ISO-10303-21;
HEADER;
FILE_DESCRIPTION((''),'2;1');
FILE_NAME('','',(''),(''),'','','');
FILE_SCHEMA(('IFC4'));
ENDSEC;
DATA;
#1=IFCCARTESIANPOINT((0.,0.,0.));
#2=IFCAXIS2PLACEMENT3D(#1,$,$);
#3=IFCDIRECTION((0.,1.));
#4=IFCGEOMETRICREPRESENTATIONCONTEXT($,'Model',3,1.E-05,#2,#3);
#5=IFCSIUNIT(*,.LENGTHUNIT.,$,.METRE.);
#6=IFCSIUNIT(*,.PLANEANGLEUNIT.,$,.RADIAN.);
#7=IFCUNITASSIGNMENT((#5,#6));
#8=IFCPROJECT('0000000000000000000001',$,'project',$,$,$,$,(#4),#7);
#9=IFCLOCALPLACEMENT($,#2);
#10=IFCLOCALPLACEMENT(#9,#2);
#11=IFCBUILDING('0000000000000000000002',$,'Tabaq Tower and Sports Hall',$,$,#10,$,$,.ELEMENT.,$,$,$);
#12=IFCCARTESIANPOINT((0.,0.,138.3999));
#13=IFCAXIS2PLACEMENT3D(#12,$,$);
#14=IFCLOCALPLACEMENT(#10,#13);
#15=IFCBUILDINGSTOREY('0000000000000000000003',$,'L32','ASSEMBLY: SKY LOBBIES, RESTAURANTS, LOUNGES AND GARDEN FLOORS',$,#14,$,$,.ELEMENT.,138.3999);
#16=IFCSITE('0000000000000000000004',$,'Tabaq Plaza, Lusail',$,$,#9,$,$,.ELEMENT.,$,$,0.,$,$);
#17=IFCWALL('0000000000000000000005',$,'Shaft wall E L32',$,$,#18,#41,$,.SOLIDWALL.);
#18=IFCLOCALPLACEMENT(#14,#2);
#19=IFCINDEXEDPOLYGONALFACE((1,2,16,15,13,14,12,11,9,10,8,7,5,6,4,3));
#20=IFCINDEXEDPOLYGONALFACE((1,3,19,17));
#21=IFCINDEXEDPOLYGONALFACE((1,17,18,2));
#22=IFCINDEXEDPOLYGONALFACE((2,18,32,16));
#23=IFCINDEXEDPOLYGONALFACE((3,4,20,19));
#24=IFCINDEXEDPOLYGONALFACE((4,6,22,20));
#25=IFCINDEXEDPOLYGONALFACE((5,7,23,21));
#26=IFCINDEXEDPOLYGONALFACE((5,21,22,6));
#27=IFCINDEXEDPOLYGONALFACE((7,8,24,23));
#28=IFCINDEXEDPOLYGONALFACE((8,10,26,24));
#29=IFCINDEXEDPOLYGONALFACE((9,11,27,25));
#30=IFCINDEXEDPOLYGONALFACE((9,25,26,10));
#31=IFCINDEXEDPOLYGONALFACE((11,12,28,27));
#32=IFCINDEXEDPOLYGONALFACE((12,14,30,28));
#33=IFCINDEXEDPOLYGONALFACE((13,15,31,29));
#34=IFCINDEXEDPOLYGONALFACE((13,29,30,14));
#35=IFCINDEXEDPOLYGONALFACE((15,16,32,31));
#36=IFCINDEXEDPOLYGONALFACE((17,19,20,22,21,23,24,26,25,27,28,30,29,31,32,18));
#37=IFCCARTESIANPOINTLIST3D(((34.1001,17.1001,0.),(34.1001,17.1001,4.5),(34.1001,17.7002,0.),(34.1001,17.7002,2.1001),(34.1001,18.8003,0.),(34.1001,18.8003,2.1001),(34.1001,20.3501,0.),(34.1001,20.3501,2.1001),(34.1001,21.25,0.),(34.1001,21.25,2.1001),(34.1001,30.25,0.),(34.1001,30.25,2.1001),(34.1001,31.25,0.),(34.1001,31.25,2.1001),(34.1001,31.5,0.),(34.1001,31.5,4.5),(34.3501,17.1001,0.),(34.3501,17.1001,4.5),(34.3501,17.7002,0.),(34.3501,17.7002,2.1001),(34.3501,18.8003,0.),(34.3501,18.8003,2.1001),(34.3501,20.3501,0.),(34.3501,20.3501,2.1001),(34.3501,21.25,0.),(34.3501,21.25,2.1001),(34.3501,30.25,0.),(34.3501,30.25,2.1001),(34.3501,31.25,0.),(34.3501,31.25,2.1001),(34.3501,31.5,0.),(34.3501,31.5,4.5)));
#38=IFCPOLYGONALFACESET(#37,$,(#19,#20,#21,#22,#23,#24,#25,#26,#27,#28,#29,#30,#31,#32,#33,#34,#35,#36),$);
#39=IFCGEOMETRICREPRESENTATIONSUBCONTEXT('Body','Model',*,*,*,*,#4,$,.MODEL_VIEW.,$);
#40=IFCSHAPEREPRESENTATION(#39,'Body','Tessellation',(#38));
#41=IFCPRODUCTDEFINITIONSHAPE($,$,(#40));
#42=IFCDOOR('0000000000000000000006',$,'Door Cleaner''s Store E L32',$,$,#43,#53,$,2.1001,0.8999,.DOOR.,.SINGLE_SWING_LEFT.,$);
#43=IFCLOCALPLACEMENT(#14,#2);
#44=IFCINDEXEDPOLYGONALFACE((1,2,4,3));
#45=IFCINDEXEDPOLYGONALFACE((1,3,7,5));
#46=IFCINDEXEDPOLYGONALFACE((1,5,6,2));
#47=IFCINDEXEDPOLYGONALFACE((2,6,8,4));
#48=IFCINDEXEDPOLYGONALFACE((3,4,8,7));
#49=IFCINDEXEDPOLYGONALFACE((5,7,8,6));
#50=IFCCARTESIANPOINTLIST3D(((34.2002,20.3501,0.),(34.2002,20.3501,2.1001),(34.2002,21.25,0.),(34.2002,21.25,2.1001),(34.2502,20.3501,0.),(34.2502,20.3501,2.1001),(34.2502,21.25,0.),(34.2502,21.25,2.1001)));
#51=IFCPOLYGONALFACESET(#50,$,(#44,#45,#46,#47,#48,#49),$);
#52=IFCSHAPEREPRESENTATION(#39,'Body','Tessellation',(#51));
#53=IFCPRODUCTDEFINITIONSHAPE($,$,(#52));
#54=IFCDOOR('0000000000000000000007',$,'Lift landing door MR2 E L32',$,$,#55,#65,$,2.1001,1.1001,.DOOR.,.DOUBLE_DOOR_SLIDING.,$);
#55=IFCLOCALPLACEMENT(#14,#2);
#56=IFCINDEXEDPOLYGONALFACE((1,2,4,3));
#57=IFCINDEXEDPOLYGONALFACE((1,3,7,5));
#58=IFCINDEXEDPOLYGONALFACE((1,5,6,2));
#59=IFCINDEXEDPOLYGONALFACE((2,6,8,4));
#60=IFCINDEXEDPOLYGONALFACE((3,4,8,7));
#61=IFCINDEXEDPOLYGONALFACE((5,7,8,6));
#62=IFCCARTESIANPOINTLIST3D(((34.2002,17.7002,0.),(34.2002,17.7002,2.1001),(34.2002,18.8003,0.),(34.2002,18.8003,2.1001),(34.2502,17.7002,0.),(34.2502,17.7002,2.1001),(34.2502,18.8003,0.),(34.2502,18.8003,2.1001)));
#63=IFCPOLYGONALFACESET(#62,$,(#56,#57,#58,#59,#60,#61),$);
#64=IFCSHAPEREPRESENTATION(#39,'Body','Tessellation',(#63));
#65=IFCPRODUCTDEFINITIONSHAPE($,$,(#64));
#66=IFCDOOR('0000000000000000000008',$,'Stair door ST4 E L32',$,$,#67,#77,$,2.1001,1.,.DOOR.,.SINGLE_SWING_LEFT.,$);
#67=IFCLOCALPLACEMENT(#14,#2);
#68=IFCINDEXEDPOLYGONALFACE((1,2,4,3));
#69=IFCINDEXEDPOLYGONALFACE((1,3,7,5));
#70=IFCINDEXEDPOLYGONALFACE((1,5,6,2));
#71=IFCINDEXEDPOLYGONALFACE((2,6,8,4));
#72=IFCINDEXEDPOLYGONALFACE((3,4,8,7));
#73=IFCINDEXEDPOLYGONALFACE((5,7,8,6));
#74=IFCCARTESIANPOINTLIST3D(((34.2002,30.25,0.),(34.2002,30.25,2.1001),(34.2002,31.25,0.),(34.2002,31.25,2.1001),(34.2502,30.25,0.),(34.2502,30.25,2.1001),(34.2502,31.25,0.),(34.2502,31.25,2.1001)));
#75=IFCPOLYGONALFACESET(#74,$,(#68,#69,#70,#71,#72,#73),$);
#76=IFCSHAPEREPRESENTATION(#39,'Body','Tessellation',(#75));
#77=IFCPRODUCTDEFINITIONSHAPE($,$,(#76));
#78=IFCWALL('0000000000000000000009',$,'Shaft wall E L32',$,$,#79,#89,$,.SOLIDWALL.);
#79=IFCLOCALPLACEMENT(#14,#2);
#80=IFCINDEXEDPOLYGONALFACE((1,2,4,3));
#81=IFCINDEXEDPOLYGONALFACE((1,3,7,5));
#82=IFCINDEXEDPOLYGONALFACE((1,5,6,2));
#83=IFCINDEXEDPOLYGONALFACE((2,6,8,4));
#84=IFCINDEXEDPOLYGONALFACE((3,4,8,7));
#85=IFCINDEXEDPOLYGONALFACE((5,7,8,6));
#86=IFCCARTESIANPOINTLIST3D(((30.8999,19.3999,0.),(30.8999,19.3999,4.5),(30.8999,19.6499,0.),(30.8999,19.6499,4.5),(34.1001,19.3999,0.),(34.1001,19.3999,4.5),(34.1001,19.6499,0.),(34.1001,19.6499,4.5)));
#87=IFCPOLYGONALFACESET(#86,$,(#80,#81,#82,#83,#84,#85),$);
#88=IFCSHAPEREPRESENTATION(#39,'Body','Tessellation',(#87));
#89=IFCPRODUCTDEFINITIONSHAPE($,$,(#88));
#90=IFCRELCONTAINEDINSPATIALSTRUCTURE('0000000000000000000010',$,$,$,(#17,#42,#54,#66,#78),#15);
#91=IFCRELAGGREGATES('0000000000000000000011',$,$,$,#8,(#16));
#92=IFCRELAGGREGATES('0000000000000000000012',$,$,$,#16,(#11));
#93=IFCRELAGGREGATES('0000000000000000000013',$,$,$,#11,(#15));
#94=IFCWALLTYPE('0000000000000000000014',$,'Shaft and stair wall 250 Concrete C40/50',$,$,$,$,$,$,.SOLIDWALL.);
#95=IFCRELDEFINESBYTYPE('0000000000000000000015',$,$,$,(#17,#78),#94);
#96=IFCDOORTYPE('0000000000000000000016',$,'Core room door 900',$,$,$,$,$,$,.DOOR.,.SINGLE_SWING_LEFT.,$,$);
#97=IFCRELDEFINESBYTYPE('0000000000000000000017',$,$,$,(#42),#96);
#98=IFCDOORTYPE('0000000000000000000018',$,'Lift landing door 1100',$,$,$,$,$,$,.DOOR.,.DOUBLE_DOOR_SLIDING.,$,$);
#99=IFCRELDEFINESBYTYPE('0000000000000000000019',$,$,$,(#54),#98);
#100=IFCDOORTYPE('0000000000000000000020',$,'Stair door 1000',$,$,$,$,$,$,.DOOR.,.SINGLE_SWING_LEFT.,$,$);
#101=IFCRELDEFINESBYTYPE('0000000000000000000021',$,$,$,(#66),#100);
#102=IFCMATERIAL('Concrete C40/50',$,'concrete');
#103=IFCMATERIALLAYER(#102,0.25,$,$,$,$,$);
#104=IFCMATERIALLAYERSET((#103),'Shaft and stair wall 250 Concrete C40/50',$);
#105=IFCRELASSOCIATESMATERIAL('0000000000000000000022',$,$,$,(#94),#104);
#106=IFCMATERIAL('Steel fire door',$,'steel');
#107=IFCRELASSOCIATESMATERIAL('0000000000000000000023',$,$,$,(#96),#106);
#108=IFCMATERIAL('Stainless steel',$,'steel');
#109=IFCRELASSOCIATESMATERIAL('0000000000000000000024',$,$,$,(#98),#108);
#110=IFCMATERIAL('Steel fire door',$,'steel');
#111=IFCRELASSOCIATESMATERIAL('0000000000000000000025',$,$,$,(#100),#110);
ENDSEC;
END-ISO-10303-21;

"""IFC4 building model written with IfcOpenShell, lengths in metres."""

from ifc_helpers import new_model, si_unit, direction, frame, frame_2d, origin, place, context, subcontext, project, spatial, rectangle, extrude, material, layer, layer_set, type_object, element, fill, save


model = new_model("IFC4")

# Units and contexts
model_context = context("Model", 3, precision=1e-05, world=origin(), true_north=direction((0.0, 1.0)))
body_context = subcontext(model_context, "Body", "Model", "MODEL_VIEW")
ifc_project = project(units=[si_unit("LENGTHUNIT", "METRE"), si_unit("PLANEANGLEUNIT", "RADIAN")], contexts=[model_context])

# Site, building, storey
site_placement = place(None, origin())
site = spatial("IfcSite", under=ifc_project, at=site_placement, Name="Tabaq Plaza, Lusail", CompositionType="ELEMENT", RefElevation=0.0)
building_placement = place(site_placement, origin())
building = spatial("IfcBuilding", under=site, at=building_placement, Name="Tabaq Tower and Sports Hall", CompositionType="ELEMENT")
storey_placement = place(building_placement, frame((0.0, 0.0, 138.3999)))
storey = spatial("IfcBuildingStorey", under=building, at=storey_placement, Name="L32", Description="ASSEMBLY: SKY LOBBIES, RESTAURANTS, LOUNGES AND GARDEN FLOORS", CompositionType="ELEMENT", Elevation=138.3999)

# Wall, openings, doors
ifc_material_1 = material(Name="Concrete C40/50", Category="concrete")
ifc_layer_1 = layer(ifc_material_1, 0.25)
ifc_layer_set_1 = layer_set([ifc_layer_1], Name="Shaft and stair wall 250 Concrete C40/50")
wall_type_1 = type_object("IfcWallType", Name="Shaft and stair wall 250 Concrete C40/50", PredefinedType="SOLIDWALL", material=ifc_layer_set_1)
wall_1_placement = place(storey_placement, frame((34.2251, 17.1001, 0.0), z_axis=(0.0, 0.0, 1.0), x_axis=(0.0, 1.0, 0.0)))
wall_1 = element("IfcWall", 1, at=wall_1_placement, inside=storey, type_object=wall_type_1, Name="Shaft wall E L32", PredefinedType="SOLIDWALL", context=body_context, shape_type="SweptSolid", body=[
    extrude(rectangle(XDim=14.3999, YDim=0.25, at=frame_2d((7.2, 0.0))), origin(), (0.0, 0.0, 1.0), 4.5),
])
opening_1_placement = place(wall_1_placement, frame((13.1499, 0.0, 0.0)))
opening_1 = element("IfcOpeningElement", 2, at=opening_1_placement, cuts=wall_1, PredefinedType="OPENING", context=body_context, shape_type="SweptSolid", body=[
    extrude(rectangle(XDim=1.0, YDim=2.1001, at=frame_2d((0.5, 1.05))), frame((0.0, 0.125, 0.0), z_axis=(0.0, -1.0, 0.0), x_axis=(1.0, 0.0, 0.0)), (0.0, 0.0, 1.0), 0.25),
])
opening_2_placement = place(wall_1_placement, frame((0.6001, 0.0, 0.0)))
opening_2 = element("IfcOpeningElement", 3, at=opening_2_placement, cuts=wall_1, PredefinedType="OPENING", context=body_context, shape_type="SweptSolid", body=[
    extrude(rectangle(XDim=1.1001, YDim=2.1001, at=frame_2d((0.55, 1.05))), frame((0.0, 0.125, 0.0), z_axis=(0.0, -1.0, 0.0), x_axis=(1.0, 0.0, 0.0)), (0.0, 0.0, 1.0), 0.25),
])
opening_3_placement = place(wall_1_placement, frame((3.25, 0.0, 0.0)))
opening_3 = element("IfcOpeningElement", 4, at=opening_3_placement, cuts=wall_1, PredefinedType="OPENING", context=body_context, shape_type="SweptSolid", body=[
    extrude(rectangle(XDim=0.8999, YDim=2.1001, at=frame_2d((0.45, 1.05))), frame((0.0, 0.125, 0.0), z_axis=(0.0, -1.0, 0.0), x_axis=(1.0, 0.0, 0.0)), (0.0, 0.0, 1.0), 0.25),
])
ifc_material_2 = material(Name="Steel fire door", Category="steel")
door_type_1 = type_object("IfcDoorType", Name="Core room door 900", OperationType="SINGLE_SWING_LEFT", PredefinedType="DOOR", material=ifc_material_2)
door_1_placement = place(opening_3_placement, origin())
door_1 = element("IfcDoor", 5, at=door_1_placement, inside=storey, type_object=door_type_1, Name="Door Cleaner's Store E L32", OperationType="SINGLE_SWING_LEFT", OverallHeight=2.1001, OverallWidth=0.8999, PredefinedType="DOOR", context=body_context, shape_type="SweptSolid", body=[
    extrude(rectangle(XDim=0.8999, YDim=2.1001, at=frame_2d((0.45, 1.05))), frame((0.0, 0.0249, 0.0), z_axis=(0.0, -1.0, 0.0), x_axis=(1.0, 0.0, 0.0)), (0.0, 0.0, 1.0), 0.05),
])
fill(opening_3, door_1)
ifc_material_3 = material(Name="Stainless steel", Category="steel")
door_type_2 = type_object("IfcDoorType", Name="Lift landing door 1100", OperationType="DOUBLE_DOOR_SLIDING", PredefinedType="DOOR", material=ifc_material_3)
door_2_placement = place(opening_2_placement, origin())
door_2 = element("IfcDoor", 6, at=door_2_placement, inside=storey, type_object=door_type_2, Name="Lift landing door MR2 E L32", OperationType="DOUBLE_DOOR_SLIDING", OverallHeight=2.1001, OverallWidth=1.1001, PredefinedType="DOOR", context=body_context, shape_type="SweptSolid", body=[
    extrude(rectangle(XDim=1.1001, YDim=2.1001, at=frame_2d((0.55, 1.05))), frame((0.0, 0.0249, 0.0), z_axis=(0.0, -1.0, 0.0), x_axis=(1.0, 0.0, 0.0)), (0.0, 0.0, 1.0), 0.05),
])
fill(opening_2, door_2)
ifc_material_4 = material(Name="Steel fire door", Category="steel")
door_type_3 = type_object("IfcDoorType", Name="Stair door 1000", OperationType="SINGLE_SWING_LEFT", PredefinedType="DOOR", material=ifc_material_4)
door_3_placement = place(opening_1_placement, origin())
door_3 = element("IfcDoor", 7, at=door_3_placement, inside=storey, type_object=door_type_3, Name="Stair door ST4 E L32", OperationType="SINGLE_SWING_LEFT", OverallHeight=2.1001, OverallWidth=1.0, PredefinedType="DOOR", context=body_context, shape_type="SweptSolid", body=[
    extrude(rectangle(XDim=1.0, YDim=2.1001, at=frame_2d((0.5, 1.05))), frame((0.0, 0.0249, 0.0), z_axis=(0.0, -1.0, 0.0), x_axis=(1.0, 0.0, 0.0)), (0.0, 0.0, 1.0), 0.05),
])
fill(opening_1, door_3)

# Wall
wall_2_placement = place(storey_placement, frame((30.8999, 19.5249, 0.0), z_axis=(0.0, 0.0, 1.0), x_axis=(1.0, 0.0, 0.0)))
element("IfcWall", 8, at=wall_2_placement, inside=storey, type_object=wall_type_1, Name="Shaft wall E L32", PredefinedType="SOLIDWALL", context=body_context, shape_type="SweptSolid", body=[
    extrude(rectangle(XDim=3.2002, YDim=0.25, at=frame_2d((1.6001, 0.0))), origin(), (0.0, 0.0, 1.0), 4.5),
])

save(model, "model.ifc")
